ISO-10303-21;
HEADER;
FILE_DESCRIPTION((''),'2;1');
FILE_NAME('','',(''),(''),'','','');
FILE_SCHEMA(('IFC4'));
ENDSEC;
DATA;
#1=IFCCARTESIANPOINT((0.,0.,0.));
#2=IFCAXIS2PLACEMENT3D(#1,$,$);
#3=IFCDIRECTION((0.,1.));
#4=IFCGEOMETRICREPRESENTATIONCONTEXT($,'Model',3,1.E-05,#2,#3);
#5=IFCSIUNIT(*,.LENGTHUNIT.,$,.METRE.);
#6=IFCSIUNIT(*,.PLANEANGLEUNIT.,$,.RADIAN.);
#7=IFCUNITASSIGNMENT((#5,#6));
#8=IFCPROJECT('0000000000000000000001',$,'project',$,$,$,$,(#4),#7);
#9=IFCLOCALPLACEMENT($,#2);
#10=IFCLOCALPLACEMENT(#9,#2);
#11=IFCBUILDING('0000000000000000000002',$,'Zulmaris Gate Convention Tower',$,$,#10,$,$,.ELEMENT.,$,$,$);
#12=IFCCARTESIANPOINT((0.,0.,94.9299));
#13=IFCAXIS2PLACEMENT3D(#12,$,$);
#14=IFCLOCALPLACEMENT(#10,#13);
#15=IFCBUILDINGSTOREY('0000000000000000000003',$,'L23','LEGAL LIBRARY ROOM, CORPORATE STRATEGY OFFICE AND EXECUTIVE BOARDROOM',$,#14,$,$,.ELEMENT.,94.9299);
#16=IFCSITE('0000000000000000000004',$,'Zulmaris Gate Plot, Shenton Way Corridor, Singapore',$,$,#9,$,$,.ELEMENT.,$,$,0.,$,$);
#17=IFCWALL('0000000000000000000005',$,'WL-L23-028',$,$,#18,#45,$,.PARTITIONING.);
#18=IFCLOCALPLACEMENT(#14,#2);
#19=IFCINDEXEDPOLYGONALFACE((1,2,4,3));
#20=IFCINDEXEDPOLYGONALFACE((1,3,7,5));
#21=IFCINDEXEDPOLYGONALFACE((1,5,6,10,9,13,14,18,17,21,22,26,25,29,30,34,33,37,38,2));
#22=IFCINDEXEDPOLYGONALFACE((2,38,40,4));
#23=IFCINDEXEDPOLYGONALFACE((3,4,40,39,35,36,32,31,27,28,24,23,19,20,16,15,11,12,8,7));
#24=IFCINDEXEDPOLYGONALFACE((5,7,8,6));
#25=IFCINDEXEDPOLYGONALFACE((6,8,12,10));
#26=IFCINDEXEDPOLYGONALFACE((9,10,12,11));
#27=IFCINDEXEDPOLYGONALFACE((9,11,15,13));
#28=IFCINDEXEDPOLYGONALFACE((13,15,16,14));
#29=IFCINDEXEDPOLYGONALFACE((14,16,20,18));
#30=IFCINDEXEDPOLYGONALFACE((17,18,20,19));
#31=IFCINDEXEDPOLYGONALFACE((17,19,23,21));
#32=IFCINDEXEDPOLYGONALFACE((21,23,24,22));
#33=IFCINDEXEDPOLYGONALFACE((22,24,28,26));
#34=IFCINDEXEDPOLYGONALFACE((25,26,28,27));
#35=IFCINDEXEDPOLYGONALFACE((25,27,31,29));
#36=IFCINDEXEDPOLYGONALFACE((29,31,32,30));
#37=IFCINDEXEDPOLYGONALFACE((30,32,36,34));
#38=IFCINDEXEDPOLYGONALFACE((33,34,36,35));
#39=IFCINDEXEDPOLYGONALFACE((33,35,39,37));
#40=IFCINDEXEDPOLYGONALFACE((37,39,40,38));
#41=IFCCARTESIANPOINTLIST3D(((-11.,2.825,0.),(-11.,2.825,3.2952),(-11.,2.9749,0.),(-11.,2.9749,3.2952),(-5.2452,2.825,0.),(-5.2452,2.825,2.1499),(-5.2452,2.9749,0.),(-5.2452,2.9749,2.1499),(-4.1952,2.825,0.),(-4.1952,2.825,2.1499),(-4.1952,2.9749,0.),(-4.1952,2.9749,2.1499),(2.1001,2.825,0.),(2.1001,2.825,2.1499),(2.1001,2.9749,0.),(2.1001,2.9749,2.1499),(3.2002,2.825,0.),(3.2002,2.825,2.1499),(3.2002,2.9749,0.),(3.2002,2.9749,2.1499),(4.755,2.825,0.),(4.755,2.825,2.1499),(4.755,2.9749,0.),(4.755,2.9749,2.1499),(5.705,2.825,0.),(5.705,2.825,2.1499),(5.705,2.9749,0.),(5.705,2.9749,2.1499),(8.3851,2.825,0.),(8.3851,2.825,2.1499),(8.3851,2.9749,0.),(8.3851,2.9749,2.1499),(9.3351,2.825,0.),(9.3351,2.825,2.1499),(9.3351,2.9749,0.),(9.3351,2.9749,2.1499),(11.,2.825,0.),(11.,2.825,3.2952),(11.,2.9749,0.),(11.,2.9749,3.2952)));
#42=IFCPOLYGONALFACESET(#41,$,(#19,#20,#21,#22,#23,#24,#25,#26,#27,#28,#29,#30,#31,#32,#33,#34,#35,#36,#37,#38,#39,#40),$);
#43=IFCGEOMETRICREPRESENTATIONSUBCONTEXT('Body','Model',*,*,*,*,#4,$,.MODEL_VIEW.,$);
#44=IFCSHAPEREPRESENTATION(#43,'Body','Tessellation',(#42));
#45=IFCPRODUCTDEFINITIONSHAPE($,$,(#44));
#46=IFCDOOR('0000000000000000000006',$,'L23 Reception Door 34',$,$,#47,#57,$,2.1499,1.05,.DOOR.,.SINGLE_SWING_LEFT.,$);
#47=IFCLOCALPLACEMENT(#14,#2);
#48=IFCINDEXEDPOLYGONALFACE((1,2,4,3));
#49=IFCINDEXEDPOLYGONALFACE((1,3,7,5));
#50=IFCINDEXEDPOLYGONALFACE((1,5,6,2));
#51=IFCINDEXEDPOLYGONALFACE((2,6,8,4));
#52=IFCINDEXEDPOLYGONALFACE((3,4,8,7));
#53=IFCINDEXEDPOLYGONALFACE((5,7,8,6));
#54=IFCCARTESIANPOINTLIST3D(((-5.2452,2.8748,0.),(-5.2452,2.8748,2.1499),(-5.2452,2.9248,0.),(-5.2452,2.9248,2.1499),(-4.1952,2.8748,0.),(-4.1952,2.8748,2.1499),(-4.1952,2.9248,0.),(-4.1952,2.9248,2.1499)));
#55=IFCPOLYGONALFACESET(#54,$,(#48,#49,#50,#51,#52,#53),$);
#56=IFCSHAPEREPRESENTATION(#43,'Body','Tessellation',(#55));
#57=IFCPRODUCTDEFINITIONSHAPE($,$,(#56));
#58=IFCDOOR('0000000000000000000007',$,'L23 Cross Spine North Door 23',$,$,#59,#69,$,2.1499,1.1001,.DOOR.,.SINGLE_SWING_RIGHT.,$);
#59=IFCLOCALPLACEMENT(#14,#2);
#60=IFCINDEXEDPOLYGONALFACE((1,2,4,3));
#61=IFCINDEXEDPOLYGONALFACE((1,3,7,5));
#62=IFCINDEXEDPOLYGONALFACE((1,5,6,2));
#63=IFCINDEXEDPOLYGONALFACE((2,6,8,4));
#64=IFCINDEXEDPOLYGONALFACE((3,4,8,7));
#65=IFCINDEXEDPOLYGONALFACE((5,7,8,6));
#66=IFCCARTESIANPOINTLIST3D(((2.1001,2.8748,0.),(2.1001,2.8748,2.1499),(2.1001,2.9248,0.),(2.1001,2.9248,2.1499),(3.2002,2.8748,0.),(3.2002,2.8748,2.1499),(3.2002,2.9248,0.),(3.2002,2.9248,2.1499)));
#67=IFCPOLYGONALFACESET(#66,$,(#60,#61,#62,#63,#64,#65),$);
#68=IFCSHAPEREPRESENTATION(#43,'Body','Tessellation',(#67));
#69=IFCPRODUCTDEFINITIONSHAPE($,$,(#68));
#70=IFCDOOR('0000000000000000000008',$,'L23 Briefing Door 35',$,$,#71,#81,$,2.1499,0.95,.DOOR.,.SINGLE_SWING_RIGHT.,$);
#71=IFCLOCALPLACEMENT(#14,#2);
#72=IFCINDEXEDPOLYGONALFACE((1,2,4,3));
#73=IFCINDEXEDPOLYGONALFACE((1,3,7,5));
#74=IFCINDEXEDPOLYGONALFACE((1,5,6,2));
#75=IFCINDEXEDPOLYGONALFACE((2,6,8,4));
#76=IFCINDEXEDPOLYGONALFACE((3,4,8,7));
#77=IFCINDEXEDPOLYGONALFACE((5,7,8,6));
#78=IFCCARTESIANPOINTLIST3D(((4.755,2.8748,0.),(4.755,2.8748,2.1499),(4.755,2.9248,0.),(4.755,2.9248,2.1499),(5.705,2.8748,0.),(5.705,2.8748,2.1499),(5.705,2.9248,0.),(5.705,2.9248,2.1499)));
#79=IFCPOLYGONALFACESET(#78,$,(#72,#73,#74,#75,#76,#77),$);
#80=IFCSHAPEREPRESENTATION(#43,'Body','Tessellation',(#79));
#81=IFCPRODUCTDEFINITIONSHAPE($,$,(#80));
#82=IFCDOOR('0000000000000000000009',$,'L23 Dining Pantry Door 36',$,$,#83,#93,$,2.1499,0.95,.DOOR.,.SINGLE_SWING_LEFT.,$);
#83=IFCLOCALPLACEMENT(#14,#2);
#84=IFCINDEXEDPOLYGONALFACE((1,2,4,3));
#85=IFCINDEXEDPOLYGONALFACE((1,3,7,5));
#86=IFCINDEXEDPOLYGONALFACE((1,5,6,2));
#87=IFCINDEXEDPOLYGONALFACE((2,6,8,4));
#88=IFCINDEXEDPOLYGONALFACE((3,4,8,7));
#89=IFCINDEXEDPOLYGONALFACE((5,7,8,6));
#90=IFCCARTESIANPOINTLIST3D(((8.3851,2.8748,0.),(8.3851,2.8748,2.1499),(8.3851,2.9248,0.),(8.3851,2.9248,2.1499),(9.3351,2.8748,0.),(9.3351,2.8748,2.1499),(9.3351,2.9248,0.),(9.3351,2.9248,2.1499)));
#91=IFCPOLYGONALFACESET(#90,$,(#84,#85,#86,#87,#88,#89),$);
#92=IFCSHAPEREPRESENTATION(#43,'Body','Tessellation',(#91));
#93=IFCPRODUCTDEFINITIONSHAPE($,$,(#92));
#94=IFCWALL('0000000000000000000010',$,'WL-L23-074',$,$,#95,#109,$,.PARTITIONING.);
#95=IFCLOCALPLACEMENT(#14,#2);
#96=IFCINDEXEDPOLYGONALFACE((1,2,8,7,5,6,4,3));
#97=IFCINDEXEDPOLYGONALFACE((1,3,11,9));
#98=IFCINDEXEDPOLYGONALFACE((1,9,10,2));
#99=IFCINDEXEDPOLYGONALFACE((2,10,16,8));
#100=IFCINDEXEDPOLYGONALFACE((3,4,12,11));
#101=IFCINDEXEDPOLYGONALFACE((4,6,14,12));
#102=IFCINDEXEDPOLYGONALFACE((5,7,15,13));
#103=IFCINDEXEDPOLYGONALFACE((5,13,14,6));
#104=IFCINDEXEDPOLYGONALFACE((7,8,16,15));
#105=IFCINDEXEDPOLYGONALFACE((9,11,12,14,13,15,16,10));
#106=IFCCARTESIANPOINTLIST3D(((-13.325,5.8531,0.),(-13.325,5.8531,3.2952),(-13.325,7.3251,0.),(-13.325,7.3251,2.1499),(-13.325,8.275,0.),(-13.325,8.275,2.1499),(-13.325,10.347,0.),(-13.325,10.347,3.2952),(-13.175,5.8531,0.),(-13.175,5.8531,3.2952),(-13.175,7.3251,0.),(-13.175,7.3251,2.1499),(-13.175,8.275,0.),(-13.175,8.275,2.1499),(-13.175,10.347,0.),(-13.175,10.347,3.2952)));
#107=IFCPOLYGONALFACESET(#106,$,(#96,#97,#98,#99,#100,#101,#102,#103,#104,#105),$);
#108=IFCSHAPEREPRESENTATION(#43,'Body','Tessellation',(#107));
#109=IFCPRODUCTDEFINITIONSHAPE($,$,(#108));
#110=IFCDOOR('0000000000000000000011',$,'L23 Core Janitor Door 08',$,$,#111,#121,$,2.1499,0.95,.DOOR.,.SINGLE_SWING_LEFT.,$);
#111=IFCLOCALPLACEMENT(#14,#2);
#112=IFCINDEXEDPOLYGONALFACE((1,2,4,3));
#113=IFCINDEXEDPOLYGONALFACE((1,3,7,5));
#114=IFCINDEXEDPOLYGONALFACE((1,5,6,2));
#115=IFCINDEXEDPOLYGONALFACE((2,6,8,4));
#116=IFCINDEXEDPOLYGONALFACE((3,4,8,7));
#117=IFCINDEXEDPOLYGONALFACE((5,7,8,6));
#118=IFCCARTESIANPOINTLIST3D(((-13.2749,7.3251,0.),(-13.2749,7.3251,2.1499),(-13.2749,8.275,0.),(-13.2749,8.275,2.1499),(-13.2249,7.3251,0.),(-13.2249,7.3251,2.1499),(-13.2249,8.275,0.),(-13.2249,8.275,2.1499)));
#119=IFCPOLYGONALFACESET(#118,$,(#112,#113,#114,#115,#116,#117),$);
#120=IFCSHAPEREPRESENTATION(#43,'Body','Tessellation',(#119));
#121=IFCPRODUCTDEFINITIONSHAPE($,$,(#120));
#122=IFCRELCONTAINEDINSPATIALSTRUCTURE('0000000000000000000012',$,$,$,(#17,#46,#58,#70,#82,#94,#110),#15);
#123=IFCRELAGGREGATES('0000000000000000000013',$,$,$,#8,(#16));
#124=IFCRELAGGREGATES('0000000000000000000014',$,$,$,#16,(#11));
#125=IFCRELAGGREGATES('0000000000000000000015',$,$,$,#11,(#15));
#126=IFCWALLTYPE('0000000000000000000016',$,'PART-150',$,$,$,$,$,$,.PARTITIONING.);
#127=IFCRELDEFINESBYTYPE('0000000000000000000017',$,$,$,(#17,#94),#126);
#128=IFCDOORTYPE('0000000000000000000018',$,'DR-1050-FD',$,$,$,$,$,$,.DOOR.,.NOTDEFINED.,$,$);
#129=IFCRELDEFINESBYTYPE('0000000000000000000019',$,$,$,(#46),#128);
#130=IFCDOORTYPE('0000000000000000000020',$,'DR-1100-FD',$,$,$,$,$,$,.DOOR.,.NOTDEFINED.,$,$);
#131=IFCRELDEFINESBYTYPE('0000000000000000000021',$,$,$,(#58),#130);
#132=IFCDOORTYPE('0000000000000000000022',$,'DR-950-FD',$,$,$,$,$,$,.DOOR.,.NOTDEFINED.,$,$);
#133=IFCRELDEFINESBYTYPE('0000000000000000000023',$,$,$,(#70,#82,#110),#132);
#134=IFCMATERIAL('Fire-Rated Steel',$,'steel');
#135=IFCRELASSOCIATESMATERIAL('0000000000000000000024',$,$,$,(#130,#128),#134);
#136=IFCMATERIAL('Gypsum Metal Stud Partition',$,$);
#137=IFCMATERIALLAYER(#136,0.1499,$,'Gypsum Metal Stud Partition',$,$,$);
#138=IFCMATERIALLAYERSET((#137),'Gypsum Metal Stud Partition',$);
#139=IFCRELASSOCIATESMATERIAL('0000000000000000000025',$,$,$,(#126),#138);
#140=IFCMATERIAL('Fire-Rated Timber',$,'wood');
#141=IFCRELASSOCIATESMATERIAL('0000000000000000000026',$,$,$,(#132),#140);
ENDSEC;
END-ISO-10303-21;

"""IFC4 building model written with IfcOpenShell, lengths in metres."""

from ifc_helpers import new_model, si_unit, direction, frame, frame_2d, origin, place, context, subcontext, project, spatial, rectangle, extrude, material, layer, layer_set, type_object, element, fill, save


model = new_model("IFC4")

# Units and contexts
model_context = context("Model", 3, precision=1e-05, world=origin(), true_north=direction((0.0, 1.0)))
body_context = subcontext(model_context, "Body", "Model", "MODEL_VIEW")
ifc_project = project(units=[si_unit("LENGTHUNIT", "METRE"), si_unit("PLANEANGLEUNIT", "RADIAN")], contexts=[model_context])

# Site, building, storey
site_placement = place(None, origin())
site = spatial("IfcSite", under=ifc_project, at=site_placement, Name="Zulmaris Gate Plot, Shenton Way Corridor, Singapore", CompositionType="ELEMENT", RefElevation=0.0)
building_placement = place(site_placement, origin())
building = spatial("IfcBuilding", under=site, at=building_placement, Name="Zulmaris Gate Convention Tower", CompositionType="ELEMENT")
storey_placement = place(building_placement, frame((0.0, 0.0, 94.9299)))
storey = spatial("IfcBuildingStorey", under=building, at=storey_placement, Name="L23", Description="LEGAL LIBRARY ROOM, CORPORATE STRATEGY OFFICE AND EXECUTIVE BOARDROOM", CompositionType="ELEMENT", Elevation=94.9299)

# Shared definitions
ifc_material_1 = material(Name="Fire-Rated Steel", Category="steel")
door_type_1 = type_object("IfcDoorType", Name="DR-1100-FD", OperationType="NOTDEFINED", PredefinedType="DOOR", material=ifc_material_1)

# Wall, openings, doors
ifc_material_2 = material(Name="Gypsum Metal Stud Partition")
ifc_layer_1 = layer(ifc_material_2, 0.1499, Name="Gypsum Metal Stud Partition")
ifc_layer_set_1 = layer_set([ifc_layer_1], Name="Gypsum Metal Stud Partition")
wall_type_1 = type_object("IfcWallType", Name="PART-150", PredefinedType="PARTITIONING", material=ifc_layer_set_1)
wall_1_placement = place(storey_placement, frame((-11.0, 2.8999, 0.0), z_axis=(0.0, 0.0, 1.0), x_axis=(1.0, 0.0, 0.0)))
wall_1 = element("IfcWall", 1, at=wall_1_placement, inside=storey, type_object=wall_type_1, Name="WL-L23-028", PredefinedType="PARTITIONING", context=body_context, shape_type="SweptSolid", body=[
    extrude(rectangle(XDim=22.0, YDim=0.1499, at=frame_2d((11.0, 0.0))), origin(), (0.0, 0.0, 1.0), 3.2952),
])
opening_1_placement = place(wall_1_placement, frame((13.1001, 0.0, 0.0)))
opening_1 = element("IfcOpeningElement", 2, at=opening_1_placement, cuts=wall_1, PredefinedType="OPENING", context=body_context, shape_type="SweptSolid", body=[
    extrude(rectangle(XDim=1.1001, YDim=2.1499, at=frame_2d((0.55, 1.075))), frame((0.0, 0.085, 0.0), z_axis=(0.0, -1.0, 0.0), x_axis=(1.0, 0.0, 0.0)), (0.0, 0.0, 1.0), 0.1699),
])
opening_2_placement = place(wall_1_placement, frame((5.7549, 0.0, 0.0)))
opening_2 = element("IfcOpeningElement", 3, at=opening_2_placement, cuts=wall_1, PredefinedType="OPENING", context=body_context, shape_type="SweptSolid", body=[
    extrude(rectangle(XDim=1.05, YDim=2.1499, at=frame_2d((0.5249, 1.075))), frame((0.0, 0.085, 0.0), z_axis=(0.0, -1.0, 0.0), x_axis=(1.0, 0.0, 0.0)), (0.0, 0.0, 1.0), 0.1699),
])
opening_3_placement = place(wall_1_placement, frame((15.7549, 0.0, 0.0)))
opening_3 = element("IfcOpeningElement", 4, at=opening_3_placement, cuts=wall_1, PredefinedType="OPENING", context=body_context, shape_type="SweptSolid", body=[
    extrude(rectangle(XDim=0.95, YDim=2.1499, at=frame_2d((0.4751, 1.075))), frame((0.0, 0.085, 0.0), z_axis=(0.0, -1.0, 0.0), x_axis=(1.0, 0.0, 0.0)), (0.0, 0.0, 1.0), 0.1699),
])
opening_4_placement = place(wall_1_placement, frame((19.385, 0.0, 0.0)))
opening_4 = element("IfcOpeningElement", 5, at=opening_4_placement, cuts=wall_1, PredefinedType="OPENING", context=body_context, shape_type="SweptSolid", body=[
    extrude(rectangle(XDim=0.95, YDim=2.1499, at=frame_2d((0.4751, 1.075))), frame((0.0, 0.085, 0.0), z_axis=(0.0, -1.0, 0.0), x_axis=(1.0, 0.0, 0.0)), (0.0, 0.0, 1.0), 0.1699),
])
door_type_2 = type_object("IfcDoorType", Name="DR-1050-FD", OperationType="NOTDEFINED", PredefinedType="DOOR", material=ifc_material_1)
door_1_placement = place(opening_2_placement, origin())
door_1 = element("IfcDoor", 6, at=door_1_placement, inside=storey, type_object=door_type_2, Name="L23 Reception Door 34", OperationType="SINGLE_SWING_LEFT", OverallHeight=2.1499, OverallWidth=1.05, PredefinedType="DOOR", context=body_context, shape_type="SweptSolid", body=[
    extrude(rectangle(XDim=1.05, YDim=2.1499, at=frame_2d((0.5249, 1.075))), frame((0.0, 0.0249, 0.0), z_axis=(0.0, -1.0, 0.0), x_axis=(1.0, 0.0, 0.0)), (0.0, 0.0, 1.0), 0.05),
])
fill(opening_2, door_1)
door_2_placement = place(opening_1_placement, origin())
door_2 = element("IfcDoor", 7, at=door_2_placement, inside=storey, type_object=door_type_1, Name="L23 Cross Spine North Door 23", OperationType="SINGLE_SWING_RIGHT", OverallHeight=2.1499, OverallWidth=1.1001, PredefinedType="DOOR", context=body_context, shape_type="SweptSolid", body=[
    extrude(rectangle(XDim=1.1001, YDim=2.1499, at=frame_2d((0.55, 1.075))), frame((0.0, 0.0249, 0.0), z_axis=(0.0, -1.0, 0.0), x_axis=(1.0, 0.0, 0.0)), (0.0, 0.0, 1.0), 0.05),
])
fill(opening_1, door_2)
ifc_material_3 = material(Name="Fire-Rated Timber", Category="wood")
door_type_3 = type_object("IfcDoorType", Name="DR-950-FD", OperationType="NOTDEFINED", PredefinedType="DOOR", material=ifc_material_3)
door_3_placement = place(opening_3_placement, origin())
door_3 = element("IfcDoor", 8, at=door_3_placement, inside=storey, type_object=door_type_3, Name="L23 Briefing Door 35", OperationType="SINGLE_SWING_RIGHT", OverallHeight=2.1499, OverallWidth=0.95, PredefinedType="DOOR", context=body_context, shape_type="SweptSolid", body=[
    extrude(rectangle(XDim=0.95, YDim=2.1499, at=frame_2d((0.4751, 1.075))), frame((0.0, 0.0249, 0.0), z_axis=(0.0, -1.0, 0.0), x_axis=(1.0, 0.0, 0.0)), (0.0, 0.0, 1.0), 0.05),
])
fill(opening_3, door_3)
door_4_placement = place(opening_4_placement, origin())
door_4 = element("IfcDoor", 9, at=door_4_placement, inside=storey, type_object=door_type_3, Name="L23 Dining Pantry Door 36", OperationType="SINGLE_SWING_LEFT", OverallHeight=2.1499, OverallWidth=0.95, PredefinedType="DOOR", context=body_context, shape_type="SweptSolid", body=[
    extrude(rectangle(XDim=0.95, YDim=2.1499, at=frame_2d((0.4751, 1.075))), frame((0.0, 0.0249, 0.0), z_axis=(0.0, -1.0, 0.0), x_axis=(1.0, 0.0, 0.0)), (0.0, 0.0, 1.0), 0.05),
])
fill(opening_4, door_4)

# Wall, opening, door
wall_2_placement = place(storey_placement, frame((-13.25, 5.853, 0.0), z_axis=(0.0, 0.0, 1.0), x_axis=(0.0, 1.0, 0.0)))
wall_2 = element("IfcWall", 10, at=wall_2_placement, inside=storey, type_object=wall_type_1, Name="WL-L23-074", PredefinedType="PARTITIONING", context=body_context, shape_type="SweptSolid", body=[
    extrude(rectangle(XDim=4.4939, YDim=0.1499, at=frame_2d((2.2471, 0.0))), origin(), (0.0, 0.0, 1.0), 3.2952),
])
opening_5_placement = place(wall_2_placement, frame((1.4719, 0.0, 0.0)))
opening_5 = element("IfcOpeningElement", 11, at=opening_5_placement, cuts=wall_2, PredefinedType="OPENING", context=body_context, shape_type="SweptSolid", body=[
    extrude(rectangle(XDim=0.95, YDim=2.1499, at=frame_2d((0.4751, 1.075))), frame((0.0, 0.085, 0.0), z_axis=(0.0, -1.0, 0.0), x_axis=(1.0, 0.0, 0.0)), (0.0, 0.0, 1.0), 0.1699),
])
door_5_placement = place(opening_5_placement, origin())
door_5 = element("IfcDoor", 12, at=door_5_placement, inside=storey, type_object=door_type_3, Name="L23 Core Janitor Door 08", OperationType="SINGLE_SWING_LEFT", OverallHeight=2.1499, OverallWidth=0.95, PredefinedType="DOOR", context=body_context, shape_type="SweptSolid", body=[
    extrude(rectangle(XDim=0.95, YDim=2.1499, at=frame_2d((0.4751, 1.075))), frame((0.0, 0.0249, 0.0), z_axis=(0.0, -1.0, 0.0), x_axis=(1.0, 0.0, 0.0)), (0.0, 0.0, 1.0), 0.05),
])
fill(opening_5, door_5)

save(model, "model.ifc")
